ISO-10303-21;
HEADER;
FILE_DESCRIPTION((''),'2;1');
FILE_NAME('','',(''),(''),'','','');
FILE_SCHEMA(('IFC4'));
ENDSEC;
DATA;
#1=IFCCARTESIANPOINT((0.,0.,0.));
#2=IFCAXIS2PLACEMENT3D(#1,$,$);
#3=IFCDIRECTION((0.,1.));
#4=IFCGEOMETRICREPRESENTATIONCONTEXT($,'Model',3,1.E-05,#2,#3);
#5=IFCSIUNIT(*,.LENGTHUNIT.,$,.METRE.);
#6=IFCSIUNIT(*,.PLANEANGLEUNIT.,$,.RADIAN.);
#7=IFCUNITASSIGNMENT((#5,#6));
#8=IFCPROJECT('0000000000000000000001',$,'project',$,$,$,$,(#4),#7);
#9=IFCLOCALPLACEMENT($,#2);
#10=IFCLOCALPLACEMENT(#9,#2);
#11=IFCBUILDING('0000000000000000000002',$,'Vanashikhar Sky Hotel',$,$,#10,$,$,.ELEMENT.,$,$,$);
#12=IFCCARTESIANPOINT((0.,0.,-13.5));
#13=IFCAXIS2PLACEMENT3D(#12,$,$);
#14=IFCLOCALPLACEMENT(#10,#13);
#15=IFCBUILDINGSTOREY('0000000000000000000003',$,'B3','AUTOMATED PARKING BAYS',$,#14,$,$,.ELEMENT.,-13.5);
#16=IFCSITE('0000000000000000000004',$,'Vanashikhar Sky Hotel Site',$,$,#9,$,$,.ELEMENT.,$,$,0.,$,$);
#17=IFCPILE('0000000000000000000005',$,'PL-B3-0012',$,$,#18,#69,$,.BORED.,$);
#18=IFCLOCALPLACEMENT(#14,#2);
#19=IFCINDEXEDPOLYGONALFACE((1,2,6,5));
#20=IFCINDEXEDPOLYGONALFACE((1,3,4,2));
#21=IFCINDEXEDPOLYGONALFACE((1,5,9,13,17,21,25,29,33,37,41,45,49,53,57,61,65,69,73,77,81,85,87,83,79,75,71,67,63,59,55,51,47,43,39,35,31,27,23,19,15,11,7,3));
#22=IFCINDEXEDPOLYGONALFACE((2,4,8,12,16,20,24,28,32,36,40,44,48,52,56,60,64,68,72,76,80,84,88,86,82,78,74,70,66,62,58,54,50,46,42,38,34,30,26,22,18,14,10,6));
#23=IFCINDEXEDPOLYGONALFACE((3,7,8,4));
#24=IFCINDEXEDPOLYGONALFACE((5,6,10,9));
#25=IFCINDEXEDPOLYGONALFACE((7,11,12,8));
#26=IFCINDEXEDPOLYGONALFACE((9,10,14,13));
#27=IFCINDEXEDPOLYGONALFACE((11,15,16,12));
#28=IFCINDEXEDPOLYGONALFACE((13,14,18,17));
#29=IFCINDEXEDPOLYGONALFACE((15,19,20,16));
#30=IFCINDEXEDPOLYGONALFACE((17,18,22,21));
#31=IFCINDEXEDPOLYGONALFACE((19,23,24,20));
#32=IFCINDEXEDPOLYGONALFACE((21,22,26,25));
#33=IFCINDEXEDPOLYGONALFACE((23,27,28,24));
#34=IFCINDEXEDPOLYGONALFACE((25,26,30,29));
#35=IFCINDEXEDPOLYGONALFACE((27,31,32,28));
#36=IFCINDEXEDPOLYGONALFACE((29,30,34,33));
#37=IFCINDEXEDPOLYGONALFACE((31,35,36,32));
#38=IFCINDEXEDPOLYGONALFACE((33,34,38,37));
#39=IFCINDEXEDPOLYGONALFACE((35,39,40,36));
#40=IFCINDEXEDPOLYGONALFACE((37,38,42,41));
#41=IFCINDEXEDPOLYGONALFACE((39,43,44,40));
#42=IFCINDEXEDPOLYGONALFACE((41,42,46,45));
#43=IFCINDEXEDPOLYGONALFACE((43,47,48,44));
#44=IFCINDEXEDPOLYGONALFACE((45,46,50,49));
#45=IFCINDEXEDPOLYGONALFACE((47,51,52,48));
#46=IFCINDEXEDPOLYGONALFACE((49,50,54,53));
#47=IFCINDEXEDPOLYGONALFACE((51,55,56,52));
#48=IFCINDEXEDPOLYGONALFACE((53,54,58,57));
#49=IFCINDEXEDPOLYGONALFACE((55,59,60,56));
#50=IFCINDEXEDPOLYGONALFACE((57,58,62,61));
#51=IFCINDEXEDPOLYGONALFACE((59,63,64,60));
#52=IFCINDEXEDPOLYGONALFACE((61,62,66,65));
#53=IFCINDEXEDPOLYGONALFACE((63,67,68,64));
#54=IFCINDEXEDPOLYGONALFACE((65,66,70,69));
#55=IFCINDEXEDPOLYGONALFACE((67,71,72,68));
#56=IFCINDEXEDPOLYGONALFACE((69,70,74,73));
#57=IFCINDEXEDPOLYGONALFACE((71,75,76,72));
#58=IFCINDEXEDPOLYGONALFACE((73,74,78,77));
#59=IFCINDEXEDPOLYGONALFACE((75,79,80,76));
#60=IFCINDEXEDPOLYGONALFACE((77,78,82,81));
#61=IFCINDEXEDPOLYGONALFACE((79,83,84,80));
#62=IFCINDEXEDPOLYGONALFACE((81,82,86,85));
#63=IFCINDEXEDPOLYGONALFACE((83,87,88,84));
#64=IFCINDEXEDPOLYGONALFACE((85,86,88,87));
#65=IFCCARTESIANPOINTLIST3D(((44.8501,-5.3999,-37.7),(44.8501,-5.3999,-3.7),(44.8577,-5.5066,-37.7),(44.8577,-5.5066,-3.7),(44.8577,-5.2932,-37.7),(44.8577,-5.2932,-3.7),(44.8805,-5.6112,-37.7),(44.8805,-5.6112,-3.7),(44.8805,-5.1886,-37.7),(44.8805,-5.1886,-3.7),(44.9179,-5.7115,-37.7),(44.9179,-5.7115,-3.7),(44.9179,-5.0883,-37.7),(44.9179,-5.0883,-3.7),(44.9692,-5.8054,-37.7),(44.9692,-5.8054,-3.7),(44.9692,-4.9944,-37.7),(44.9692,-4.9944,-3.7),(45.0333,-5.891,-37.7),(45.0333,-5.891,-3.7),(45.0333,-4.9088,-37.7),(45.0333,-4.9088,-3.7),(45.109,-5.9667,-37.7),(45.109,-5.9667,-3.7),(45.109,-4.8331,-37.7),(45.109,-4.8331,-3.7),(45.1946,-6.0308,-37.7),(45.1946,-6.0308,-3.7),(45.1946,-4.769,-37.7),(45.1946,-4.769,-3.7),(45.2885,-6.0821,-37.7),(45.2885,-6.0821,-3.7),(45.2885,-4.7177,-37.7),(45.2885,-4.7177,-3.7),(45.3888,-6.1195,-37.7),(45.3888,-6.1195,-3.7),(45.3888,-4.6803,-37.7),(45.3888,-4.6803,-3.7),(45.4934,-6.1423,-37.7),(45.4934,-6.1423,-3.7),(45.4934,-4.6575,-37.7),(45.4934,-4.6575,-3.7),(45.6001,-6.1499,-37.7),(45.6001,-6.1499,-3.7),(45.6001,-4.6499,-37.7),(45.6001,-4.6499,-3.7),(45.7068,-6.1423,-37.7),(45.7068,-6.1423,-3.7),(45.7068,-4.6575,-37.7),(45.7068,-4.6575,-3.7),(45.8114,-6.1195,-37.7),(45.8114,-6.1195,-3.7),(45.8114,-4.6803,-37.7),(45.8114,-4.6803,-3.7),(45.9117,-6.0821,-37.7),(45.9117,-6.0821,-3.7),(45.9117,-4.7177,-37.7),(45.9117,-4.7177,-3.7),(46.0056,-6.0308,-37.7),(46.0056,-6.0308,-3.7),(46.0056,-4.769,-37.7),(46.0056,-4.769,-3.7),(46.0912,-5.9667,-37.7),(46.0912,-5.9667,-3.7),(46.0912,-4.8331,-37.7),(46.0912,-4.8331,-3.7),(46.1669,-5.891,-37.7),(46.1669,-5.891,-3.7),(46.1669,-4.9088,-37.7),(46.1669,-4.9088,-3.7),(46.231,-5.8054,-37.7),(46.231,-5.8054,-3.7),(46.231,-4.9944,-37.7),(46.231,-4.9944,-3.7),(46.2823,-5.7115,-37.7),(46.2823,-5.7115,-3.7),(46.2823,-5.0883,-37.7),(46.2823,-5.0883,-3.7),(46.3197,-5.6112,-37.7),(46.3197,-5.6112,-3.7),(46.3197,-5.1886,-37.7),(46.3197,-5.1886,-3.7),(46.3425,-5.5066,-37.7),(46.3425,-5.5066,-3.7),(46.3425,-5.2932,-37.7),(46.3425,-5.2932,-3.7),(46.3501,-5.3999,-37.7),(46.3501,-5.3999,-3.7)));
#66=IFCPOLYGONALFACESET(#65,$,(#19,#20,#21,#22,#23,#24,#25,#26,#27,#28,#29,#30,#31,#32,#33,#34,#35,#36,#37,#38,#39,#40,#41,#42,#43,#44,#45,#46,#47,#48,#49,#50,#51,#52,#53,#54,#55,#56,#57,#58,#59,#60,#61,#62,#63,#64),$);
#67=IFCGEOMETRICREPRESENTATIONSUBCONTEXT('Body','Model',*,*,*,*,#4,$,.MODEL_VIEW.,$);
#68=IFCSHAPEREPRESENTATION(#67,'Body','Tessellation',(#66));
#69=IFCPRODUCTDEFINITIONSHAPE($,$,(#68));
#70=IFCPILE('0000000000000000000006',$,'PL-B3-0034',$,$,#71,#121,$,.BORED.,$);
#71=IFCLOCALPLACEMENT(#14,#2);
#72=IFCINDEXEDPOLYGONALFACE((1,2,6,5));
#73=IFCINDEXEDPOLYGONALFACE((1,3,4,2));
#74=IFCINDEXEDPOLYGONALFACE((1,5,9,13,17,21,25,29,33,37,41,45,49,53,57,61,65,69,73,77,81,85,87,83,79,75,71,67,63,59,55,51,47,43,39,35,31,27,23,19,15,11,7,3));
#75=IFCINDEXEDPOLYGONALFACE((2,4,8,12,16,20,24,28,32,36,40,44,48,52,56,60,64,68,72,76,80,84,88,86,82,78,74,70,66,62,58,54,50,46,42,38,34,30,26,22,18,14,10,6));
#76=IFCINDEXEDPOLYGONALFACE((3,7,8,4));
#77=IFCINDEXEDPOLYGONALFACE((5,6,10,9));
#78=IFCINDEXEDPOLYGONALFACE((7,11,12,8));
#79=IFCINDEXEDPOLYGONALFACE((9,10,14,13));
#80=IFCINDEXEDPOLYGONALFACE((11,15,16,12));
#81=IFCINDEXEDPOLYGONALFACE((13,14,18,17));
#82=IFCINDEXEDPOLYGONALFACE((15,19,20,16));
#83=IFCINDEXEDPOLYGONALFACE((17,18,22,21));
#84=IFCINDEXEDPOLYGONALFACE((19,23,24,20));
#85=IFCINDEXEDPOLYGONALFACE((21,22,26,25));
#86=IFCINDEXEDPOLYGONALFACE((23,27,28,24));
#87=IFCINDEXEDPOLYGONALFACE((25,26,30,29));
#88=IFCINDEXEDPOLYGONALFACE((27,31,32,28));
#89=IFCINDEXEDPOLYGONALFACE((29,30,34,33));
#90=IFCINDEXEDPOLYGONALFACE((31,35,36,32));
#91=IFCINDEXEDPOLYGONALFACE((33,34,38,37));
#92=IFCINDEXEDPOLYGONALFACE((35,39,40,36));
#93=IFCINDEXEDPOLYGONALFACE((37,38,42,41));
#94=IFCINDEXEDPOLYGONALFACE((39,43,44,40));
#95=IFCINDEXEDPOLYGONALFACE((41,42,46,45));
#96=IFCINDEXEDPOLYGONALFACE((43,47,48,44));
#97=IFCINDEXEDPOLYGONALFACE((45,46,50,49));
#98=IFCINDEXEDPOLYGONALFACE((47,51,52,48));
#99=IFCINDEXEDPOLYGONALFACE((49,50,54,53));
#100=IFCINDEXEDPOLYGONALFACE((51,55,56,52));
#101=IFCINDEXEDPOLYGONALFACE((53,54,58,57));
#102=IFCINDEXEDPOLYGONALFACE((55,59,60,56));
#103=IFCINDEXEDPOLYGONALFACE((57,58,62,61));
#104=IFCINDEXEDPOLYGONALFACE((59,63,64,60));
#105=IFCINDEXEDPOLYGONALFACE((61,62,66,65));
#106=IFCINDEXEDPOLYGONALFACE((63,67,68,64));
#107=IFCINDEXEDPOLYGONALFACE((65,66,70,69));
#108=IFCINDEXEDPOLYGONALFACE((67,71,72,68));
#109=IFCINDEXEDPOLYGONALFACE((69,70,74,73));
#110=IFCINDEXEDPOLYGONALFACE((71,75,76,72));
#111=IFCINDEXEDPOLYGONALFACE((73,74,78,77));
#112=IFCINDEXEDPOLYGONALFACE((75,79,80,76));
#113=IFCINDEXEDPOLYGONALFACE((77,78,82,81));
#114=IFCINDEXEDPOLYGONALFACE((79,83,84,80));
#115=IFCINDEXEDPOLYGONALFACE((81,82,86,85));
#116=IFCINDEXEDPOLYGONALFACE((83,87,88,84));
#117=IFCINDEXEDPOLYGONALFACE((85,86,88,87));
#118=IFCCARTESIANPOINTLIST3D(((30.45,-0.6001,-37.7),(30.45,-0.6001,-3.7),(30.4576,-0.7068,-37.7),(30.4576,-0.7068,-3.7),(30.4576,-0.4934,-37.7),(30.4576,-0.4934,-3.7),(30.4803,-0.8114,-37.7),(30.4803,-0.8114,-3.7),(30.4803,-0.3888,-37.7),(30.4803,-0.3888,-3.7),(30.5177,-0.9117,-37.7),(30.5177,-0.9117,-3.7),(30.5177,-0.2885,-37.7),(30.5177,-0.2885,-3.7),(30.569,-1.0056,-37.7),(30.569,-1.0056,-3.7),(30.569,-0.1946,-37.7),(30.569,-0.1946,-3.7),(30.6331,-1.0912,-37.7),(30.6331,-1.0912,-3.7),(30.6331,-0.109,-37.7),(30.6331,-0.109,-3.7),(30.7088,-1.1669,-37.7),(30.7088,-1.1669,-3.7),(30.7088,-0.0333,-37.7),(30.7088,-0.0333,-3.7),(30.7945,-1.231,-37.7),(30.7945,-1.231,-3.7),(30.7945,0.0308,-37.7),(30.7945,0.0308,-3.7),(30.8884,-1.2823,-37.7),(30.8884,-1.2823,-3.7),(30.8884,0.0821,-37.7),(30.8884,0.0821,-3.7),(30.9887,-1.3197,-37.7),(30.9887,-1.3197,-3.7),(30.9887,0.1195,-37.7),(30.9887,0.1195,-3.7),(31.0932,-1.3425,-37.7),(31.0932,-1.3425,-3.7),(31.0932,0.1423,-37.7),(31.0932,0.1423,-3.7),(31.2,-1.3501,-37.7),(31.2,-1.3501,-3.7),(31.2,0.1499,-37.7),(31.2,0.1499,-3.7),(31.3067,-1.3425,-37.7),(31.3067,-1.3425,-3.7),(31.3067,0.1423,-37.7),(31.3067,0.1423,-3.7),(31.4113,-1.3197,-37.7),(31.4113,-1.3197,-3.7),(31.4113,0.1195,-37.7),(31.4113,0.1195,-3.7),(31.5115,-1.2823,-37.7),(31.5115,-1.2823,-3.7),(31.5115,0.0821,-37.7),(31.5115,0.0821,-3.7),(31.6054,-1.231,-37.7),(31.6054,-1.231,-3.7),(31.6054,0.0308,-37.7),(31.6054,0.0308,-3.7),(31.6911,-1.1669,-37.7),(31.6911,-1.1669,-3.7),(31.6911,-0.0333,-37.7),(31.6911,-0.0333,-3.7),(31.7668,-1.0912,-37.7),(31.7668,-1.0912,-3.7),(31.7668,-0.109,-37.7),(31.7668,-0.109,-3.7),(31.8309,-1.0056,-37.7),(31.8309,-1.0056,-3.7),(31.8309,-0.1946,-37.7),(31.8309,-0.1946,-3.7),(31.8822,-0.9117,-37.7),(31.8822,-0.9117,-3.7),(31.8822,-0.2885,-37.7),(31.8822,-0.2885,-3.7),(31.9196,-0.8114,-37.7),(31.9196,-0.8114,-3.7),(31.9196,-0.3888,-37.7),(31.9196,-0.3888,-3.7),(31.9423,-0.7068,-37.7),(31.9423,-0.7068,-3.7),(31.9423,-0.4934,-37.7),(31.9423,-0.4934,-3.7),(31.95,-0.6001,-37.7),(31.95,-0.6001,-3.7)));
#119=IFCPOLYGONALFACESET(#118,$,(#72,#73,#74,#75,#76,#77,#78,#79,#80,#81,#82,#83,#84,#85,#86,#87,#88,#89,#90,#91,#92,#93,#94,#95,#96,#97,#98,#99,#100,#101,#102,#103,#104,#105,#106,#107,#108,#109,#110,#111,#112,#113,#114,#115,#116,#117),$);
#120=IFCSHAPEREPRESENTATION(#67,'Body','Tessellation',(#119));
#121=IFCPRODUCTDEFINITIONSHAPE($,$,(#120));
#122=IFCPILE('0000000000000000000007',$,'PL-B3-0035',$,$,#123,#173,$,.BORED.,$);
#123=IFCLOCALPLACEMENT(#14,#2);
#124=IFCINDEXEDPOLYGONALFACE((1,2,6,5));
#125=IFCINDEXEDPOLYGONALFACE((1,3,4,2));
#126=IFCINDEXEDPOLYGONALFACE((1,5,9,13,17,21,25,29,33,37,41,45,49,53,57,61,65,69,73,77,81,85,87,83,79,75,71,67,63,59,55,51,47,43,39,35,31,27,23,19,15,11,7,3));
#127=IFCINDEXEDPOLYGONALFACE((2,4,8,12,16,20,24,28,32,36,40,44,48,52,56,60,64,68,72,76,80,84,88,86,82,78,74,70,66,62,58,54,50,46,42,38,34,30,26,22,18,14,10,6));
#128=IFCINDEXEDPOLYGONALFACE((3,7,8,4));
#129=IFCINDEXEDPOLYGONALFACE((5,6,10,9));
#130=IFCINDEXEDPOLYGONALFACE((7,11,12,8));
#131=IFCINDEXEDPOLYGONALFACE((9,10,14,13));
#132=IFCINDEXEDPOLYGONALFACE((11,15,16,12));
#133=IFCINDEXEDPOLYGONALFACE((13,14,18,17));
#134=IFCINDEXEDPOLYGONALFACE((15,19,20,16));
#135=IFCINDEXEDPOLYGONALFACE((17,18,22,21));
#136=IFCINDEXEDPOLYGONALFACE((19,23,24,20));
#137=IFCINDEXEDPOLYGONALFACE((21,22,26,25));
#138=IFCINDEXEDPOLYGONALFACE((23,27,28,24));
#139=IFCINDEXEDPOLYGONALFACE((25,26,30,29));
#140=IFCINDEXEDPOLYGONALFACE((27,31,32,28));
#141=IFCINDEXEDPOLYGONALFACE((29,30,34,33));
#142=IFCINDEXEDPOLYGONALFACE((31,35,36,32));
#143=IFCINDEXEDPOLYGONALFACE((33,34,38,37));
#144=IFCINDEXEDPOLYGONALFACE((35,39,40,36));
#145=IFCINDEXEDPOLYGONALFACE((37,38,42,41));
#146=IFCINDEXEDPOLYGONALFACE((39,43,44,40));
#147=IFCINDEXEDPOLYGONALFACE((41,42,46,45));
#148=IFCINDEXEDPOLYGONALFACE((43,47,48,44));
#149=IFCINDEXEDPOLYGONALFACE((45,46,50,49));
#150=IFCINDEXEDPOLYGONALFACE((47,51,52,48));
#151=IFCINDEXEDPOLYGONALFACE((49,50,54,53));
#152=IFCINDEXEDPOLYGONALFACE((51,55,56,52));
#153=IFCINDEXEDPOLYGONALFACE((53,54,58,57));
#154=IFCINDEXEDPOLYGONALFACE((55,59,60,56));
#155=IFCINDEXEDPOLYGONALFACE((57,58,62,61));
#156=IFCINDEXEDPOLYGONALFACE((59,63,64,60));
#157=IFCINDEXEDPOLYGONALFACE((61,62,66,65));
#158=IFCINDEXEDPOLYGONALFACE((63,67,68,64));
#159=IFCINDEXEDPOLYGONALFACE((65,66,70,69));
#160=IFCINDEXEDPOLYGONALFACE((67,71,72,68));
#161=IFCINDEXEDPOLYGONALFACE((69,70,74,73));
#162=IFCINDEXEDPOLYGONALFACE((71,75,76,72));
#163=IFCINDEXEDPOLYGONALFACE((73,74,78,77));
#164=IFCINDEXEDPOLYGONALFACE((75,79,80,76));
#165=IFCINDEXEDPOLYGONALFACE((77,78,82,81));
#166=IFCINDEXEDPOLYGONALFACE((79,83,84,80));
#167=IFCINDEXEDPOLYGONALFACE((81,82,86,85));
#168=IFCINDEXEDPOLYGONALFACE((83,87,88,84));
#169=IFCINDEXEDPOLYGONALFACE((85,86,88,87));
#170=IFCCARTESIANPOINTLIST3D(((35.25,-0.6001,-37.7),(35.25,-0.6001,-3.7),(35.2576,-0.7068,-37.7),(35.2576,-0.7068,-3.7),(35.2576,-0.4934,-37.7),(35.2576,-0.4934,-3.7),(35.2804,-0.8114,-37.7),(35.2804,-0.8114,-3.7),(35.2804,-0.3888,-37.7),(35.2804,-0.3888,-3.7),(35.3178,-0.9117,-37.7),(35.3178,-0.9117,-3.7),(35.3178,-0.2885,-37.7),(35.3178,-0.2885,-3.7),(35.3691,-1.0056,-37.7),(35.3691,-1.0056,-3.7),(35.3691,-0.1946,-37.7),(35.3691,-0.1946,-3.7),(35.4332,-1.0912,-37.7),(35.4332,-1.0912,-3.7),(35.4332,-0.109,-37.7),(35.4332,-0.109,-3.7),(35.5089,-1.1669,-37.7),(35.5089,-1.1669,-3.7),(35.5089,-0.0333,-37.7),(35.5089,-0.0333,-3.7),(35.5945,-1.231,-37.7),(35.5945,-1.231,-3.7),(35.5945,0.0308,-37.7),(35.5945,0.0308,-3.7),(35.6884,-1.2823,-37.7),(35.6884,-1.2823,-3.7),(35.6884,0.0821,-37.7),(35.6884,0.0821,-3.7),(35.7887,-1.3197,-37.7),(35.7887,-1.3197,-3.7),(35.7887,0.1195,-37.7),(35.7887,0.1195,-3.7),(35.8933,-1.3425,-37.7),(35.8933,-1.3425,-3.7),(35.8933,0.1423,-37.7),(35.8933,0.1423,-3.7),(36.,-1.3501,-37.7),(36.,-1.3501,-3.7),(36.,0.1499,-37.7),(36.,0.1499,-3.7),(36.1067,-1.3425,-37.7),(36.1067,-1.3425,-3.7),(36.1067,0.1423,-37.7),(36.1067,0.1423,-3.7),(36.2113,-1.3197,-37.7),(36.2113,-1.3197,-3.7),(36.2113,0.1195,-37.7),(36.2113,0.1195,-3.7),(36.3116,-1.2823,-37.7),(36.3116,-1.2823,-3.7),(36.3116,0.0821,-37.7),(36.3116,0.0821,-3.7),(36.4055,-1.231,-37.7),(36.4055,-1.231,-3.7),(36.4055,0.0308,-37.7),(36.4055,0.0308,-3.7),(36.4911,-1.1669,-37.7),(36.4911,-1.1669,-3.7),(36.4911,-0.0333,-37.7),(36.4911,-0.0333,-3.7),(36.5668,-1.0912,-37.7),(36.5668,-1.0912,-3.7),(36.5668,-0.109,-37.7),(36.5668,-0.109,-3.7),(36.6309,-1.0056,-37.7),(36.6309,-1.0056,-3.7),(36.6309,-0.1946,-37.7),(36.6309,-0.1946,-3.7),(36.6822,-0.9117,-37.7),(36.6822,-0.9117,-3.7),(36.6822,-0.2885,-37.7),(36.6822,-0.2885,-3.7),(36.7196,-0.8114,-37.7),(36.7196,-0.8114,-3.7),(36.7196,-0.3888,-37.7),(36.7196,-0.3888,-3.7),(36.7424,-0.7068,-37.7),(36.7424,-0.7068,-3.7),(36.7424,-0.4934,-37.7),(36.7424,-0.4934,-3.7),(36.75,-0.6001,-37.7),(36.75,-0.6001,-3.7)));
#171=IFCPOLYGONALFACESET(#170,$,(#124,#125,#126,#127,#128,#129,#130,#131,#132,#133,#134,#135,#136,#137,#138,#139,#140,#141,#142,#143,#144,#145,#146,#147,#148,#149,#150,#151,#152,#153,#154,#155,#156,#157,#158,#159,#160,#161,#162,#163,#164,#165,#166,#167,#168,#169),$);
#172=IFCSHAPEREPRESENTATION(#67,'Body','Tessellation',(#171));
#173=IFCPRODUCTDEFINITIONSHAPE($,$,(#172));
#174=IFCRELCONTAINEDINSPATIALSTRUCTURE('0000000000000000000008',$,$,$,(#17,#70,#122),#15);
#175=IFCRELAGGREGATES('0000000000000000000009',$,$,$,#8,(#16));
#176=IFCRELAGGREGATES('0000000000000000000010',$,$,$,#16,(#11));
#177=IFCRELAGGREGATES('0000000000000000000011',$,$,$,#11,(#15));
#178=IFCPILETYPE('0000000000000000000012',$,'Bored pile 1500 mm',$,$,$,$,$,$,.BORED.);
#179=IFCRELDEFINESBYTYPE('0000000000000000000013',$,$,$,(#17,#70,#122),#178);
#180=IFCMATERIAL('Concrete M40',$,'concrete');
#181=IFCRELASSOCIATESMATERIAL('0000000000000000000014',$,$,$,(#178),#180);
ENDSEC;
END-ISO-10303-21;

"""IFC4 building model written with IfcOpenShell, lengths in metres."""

from ifc_helpers import new_model, si_unit, direction, frame, origin, origin_2d, place, context, subcontext, project, spatial, circle, extrude, source, transform, mapped, material, type_object, element, save


model = new_model("IFC4")

# Units and contexts
model_context = context("Model", 3, precision=1e-05, world=origin(), true_north=direction((0.0, 1.0)))
body_context = subcontext(model_context, "Body", "Model", "MODEL_VIEW")
ifc_project = project(units=[si_unit("LENGTHUNIT", "METRE"), si_unit("PLANEANGLEUNIT", "RADIAN")], contexts=[model_context])

# Site, building, storey
site_placement = place(None, origin())
site = spatial("IfcSite", under=ifc_project, at=site_placement, Name="Vanashikhar Sky Hotel Site", CompositionType="ELEMENT", RefElevation=0.0)
building_placement = place(site_placement, origin())
building = spatial("IfcBuilding", under=site, at=building_placement, Name="Vanashikhar Sky Hotel", CompositionType="ELEMENT")
storey_placement = place(building_placement, frame((0.0, 0.0, -13.5)))
storey = spatial("IfcBuildingStorey", under=building, at=storey_placement, Name="B3", Description="AUTOMATED PARKING BAYS", CompositionType="ELEMENT", Elevation=-13.5)

# Piles
ifc_material_1 = material(Name="Concrete M40", Category="concrete")
pile_type = type_object("IfcPileType", Name="Bored pile 1500 mm", PredefinedType="BORED", material=ifc_material_1)
shared_shape_1 = source(origin(), body_context, "Body", "SweptSolid", [
    extrude(circle(Radius=0.75, at=origin_2d()), origin(), (0.0, 0.0, 1.0), 34.0),
])
for number, where, z_axis, x_axis, name in (
    (1, (45.6001, -5.3999, -3.7), (0.0, 0.0, -1.0), (1.0, 0.0, 0.0), "PL-B3-0012"),
    (2, (31.2, -0.6001, -3.7), (0.0, 0.0, -1.0), (1.0, 0.0, 0.0), "PL-B3-0034"),
    (3, (36.0, -0.6001, -3.7), (0.0, 0.0, -1.0), (1.0, 0.0, 0.0), "PL-B3-0035"),
):
    element("IfcPile", number, at=place(storey_placement, frame(where, z_axis=z_axis, x_axis=x_axis)), inside=storey, type_object=pile_type, Name=name, PredefinedType="BORED", context=body_context, shape_type="MappedRepresentation", body=[
        mapped(shared_shape_1, transform((0.0, 0.0, 0.0), scale=1.0)),
    ])

save(model, "model.ifc")
